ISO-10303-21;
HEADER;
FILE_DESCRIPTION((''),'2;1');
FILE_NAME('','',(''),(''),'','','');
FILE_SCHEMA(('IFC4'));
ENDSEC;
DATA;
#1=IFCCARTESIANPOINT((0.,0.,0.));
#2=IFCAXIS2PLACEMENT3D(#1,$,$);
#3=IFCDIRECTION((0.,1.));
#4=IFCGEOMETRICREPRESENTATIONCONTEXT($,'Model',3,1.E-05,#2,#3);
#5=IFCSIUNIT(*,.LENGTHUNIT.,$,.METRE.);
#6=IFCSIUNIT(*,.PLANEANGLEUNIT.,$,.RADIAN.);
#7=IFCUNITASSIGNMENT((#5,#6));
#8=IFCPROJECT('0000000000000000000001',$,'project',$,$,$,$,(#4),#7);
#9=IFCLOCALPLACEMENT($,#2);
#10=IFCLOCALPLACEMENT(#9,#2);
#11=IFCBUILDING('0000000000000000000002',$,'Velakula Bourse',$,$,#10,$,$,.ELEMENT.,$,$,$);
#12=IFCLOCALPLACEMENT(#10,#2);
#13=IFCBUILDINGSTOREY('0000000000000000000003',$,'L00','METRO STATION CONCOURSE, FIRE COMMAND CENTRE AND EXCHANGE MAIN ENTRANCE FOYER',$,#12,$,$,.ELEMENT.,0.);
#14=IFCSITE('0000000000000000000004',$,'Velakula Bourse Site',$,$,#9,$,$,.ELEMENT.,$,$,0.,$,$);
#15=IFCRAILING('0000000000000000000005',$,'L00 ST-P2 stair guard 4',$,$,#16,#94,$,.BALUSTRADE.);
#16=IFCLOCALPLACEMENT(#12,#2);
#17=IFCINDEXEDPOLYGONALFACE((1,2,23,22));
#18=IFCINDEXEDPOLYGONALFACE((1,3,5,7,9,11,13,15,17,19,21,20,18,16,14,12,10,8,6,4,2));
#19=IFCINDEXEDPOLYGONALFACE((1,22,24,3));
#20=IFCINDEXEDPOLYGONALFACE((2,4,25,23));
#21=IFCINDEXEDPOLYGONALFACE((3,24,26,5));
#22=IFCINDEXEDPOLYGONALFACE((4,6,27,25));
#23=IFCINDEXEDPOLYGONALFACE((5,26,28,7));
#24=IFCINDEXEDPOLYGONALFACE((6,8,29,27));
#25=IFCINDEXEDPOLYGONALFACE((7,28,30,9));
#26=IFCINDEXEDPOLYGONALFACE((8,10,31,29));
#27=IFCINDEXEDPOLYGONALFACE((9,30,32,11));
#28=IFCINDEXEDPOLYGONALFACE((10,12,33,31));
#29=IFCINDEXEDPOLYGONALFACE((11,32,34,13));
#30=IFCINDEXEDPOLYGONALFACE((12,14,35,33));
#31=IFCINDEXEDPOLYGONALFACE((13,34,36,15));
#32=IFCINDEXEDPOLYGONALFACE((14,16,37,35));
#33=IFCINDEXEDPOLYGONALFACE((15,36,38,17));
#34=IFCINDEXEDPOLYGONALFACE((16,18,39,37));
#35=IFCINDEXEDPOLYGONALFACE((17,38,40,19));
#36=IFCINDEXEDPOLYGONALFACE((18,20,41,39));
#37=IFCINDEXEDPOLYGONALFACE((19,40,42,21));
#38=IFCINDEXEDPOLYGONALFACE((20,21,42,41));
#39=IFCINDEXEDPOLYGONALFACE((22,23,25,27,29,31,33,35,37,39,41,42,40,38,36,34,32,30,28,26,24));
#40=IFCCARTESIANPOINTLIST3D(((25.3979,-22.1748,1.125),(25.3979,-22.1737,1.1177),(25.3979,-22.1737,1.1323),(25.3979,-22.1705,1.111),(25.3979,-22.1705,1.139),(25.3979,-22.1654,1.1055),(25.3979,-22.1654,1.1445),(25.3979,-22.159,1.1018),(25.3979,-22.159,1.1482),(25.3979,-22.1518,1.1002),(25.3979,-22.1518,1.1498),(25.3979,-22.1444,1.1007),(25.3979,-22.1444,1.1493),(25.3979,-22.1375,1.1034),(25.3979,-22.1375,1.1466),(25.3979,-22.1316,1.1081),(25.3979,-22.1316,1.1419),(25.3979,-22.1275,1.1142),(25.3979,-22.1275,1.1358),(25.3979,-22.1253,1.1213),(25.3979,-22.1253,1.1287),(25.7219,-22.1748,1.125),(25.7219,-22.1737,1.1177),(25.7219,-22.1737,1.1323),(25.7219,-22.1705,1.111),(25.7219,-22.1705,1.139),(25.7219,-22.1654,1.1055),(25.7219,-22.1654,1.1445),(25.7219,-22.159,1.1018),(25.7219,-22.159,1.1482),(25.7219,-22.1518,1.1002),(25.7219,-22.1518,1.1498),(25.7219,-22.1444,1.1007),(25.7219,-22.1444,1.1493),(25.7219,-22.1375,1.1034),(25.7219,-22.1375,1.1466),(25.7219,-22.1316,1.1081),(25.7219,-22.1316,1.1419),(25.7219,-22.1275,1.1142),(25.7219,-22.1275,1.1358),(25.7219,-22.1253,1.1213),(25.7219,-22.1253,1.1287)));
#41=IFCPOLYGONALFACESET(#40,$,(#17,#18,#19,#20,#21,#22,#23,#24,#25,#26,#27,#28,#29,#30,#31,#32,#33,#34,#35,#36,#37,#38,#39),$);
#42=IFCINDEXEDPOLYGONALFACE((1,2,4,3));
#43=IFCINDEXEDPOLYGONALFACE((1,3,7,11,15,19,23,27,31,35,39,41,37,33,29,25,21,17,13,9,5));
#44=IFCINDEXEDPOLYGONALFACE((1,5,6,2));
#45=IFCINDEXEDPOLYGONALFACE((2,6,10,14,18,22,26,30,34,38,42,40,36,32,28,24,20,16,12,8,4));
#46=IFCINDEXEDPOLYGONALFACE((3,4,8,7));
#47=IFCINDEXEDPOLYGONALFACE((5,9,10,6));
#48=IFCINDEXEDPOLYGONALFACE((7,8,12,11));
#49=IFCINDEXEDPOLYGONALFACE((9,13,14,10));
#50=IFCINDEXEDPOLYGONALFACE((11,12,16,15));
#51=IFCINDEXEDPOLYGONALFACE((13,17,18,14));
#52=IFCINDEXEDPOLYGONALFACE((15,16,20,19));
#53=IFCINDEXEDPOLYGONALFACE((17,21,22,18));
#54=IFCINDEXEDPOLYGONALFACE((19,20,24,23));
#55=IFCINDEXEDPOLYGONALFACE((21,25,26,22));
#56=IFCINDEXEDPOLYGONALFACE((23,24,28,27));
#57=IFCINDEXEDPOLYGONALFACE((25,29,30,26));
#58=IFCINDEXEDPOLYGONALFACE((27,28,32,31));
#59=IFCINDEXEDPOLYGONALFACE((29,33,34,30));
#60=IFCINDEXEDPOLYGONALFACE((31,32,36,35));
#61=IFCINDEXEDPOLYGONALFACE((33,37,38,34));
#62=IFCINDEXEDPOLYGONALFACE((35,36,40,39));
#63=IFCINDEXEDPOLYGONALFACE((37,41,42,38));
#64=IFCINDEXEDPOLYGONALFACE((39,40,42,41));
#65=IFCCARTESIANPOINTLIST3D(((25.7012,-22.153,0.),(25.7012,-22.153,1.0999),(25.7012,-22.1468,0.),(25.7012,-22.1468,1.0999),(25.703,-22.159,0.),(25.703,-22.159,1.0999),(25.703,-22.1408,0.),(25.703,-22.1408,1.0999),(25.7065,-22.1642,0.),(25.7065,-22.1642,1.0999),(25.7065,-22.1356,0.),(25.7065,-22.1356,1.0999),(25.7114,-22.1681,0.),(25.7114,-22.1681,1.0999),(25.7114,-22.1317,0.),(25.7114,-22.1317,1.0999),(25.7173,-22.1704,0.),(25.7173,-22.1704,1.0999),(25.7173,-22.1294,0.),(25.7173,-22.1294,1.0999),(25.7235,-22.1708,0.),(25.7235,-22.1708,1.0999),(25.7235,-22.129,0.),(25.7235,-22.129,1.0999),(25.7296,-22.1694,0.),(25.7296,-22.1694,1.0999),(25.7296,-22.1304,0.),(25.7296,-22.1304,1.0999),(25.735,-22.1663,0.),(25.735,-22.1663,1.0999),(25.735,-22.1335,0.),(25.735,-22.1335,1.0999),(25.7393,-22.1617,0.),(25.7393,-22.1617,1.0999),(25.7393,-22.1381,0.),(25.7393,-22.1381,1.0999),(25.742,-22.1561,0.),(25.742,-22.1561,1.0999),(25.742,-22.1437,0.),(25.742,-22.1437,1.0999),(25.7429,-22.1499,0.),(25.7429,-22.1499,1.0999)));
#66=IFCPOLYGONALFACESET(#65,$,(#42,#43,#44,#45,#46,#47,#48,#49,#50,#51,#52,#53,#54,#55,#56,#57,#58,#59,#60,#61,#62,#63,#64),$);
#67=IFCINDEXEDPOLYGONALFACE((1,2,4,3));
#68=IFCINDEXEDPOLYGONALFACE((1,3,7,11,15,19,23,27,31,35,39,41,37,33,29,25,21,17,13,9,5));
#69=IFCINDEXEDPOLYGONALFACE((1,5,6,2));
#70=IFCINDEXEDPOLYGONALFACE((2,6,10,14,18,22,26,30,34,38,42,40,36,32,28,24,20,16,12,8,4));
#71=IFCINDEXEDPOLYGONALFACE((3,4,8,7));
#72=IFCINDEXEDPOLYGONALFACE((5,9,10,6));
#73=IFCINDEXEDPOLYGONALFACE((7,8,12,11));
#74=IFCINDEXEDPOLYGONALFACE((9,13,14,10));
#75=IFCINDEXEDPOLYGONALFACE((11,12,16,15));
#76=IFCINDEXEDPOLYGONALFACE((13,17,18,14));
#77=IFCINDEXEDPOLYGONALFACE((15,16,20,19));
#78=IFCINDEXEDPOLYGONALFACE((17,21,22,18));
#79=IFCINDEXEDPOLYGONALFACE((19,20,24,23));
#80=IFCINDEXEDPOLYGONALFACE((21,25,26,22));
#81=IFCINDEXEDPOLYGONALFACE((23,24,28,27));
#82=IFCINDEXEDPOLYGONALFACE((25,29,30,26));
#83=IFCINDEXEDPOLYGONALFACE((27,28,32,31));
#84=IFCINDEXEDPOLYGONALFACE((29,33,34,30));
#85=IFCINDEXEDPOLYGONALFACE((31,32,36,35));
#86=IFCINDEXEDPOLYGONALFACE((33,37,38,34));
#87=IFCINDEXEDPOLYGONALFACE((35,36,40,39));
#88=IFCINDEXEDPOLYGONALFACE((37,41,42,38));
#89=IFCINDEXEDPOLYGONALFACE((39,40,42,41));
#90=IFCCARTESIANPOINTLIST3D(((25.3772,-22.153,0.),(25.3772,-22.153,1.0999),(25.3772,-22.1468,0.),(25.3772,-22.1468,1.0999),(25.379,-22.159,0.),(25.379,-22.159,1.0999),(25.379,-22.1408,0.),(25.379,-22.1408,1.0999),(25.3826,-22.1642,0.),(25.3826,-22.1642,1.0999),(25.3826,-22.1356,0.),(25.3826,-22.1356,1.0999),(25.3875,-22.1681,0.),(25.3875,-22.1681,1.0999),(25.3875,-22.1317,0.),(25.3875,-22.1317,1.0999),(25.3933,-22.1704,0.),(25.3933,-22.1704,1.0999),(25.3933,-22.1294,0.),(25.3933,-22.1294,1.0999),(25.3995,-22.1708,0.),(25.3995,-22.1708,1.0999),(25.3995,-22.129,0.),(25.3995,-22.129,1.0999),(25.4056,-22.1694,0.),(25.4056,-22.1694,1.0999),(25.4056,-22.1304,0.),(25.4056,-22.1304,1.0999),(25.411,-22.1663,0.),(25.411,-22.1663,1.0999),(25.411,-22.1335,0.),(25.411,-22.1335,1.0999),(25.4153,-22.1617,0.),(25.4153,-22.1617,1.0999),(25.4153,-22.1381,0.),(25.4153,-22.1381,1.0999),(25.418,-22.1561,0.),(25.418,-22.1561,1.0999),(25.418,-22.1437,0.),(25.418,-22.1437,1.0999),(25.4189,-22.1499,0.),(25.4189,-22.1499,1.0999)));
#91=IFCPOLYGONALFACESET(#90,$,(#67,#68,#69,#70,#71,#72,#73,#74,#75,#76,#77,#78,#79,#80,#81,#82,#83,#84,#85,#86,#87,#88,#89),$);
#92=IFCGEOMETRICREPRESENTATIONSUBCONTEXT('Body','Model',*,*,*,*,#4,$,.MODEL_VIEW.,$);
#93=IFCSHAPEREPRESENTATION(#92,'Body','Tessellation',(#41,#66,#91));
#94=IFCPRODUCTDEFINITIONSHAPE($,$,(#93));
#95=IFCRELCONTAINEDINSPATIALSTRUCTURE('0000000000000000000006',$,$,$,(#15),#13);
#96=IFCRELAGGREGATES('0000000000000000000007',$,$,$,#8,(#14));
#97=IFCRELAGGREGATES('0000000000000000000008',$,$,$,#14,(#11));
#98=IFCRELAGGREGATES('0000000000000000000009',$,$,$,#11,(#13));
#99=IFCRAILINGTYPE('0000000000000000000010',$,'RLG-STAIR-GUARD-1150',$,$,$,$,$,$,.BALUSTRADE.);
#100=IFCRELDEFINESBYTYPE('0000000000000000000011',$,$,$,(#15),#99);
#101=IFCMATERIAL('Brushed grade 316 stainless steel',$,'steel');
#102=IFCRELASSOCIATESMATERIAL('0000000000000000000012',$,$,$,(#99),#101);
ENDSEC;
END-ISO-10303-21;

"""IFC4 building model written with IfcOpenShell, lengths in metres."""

from ifc_helpers import new_model, si_unit, direction, frame, origin, origin_2d, place, context, subcontext, project, spatial, circle, extrude, material, type_object, element, save


model = new_model("IFC4")

# Units and contexts
model_context = context("Model", 3, precision=1e-05, world=origin(), true_north=direction((0.0, 1.0)))
body_context = subcontext(model_context, "Body", "Model", "MODEL_VIEW")
ifc_project = project(units=[si_unit("LENGTHUNIT", "METRE"), si_unit("PLANEANGLEUNIT", "RADIAN")], contexts=[model_context])

# Site, building, storey
site_placement = place(None, origin())
site = spatial("IfcSite", under=ifc_project, at=site_placement, Name="Velakula Bourse Site", CompositionType="ELEMENT", RefElevation=0.0)
building_placement = place(site_placement, origin())
building = spatial("IfcBuilding", under=site, at=building_placement, Name="Velakula Bourse", CompositionType="ELEMENT")
storey_placement = place(building_placement, origin())
storey = spatial("IfcBuildingStorey", under=building, at=storey_placement, Name="L00", Description="METRO STATION CONCOURSE, FIRE COMMAND CENTRE AND EXCHANGE MAIN ENTRANCE FOYER", CompositionType="ELEMENT", Elevation=0.0)

# Railing
ifc_material_1 = material(Name="Brushed grade 316 stainless steel", Category="steel")
railing_type_1 = type_object("IfcRailingType", Name="RLG-STAIR-GUARD-1150", PredefinedType="BALUSTRADE", material=ifc_material_1)
railing_1_placement = place(storey_placement, frame((25.7219, -22.1499, 0.0)))
element("IfcRailing", 1, at=railing_1_placement, inside=storey, type_object=railing_type_1, Name="L00 ST-P2 stair guard 4", PredefinedType="BALUSTRADE", context=body_context, shape_type="SweptSolid", body=[
    extrude(circle(Radius=0.0249, at=origin_2d()), frame((0.0, 0.0, 1.125), z_axis=(-1.0, 0.0, 0.0), x_axis=(0.0, -1.0, 0.0)), (0.0, 0.0, 1.0), 0.324),
    extrude(circle(Radius=0.021, at=origin_2d()), origin(), (0.0, 0.0, 1.0), 1.0999),
    extrude(circle(Radius=0.021, at=origin_2d()), frame((-0.324, 0.0, 0.0)), (0.0, 0.0, 1.0), 1.0999),
])

save(model, "model.ifc")
